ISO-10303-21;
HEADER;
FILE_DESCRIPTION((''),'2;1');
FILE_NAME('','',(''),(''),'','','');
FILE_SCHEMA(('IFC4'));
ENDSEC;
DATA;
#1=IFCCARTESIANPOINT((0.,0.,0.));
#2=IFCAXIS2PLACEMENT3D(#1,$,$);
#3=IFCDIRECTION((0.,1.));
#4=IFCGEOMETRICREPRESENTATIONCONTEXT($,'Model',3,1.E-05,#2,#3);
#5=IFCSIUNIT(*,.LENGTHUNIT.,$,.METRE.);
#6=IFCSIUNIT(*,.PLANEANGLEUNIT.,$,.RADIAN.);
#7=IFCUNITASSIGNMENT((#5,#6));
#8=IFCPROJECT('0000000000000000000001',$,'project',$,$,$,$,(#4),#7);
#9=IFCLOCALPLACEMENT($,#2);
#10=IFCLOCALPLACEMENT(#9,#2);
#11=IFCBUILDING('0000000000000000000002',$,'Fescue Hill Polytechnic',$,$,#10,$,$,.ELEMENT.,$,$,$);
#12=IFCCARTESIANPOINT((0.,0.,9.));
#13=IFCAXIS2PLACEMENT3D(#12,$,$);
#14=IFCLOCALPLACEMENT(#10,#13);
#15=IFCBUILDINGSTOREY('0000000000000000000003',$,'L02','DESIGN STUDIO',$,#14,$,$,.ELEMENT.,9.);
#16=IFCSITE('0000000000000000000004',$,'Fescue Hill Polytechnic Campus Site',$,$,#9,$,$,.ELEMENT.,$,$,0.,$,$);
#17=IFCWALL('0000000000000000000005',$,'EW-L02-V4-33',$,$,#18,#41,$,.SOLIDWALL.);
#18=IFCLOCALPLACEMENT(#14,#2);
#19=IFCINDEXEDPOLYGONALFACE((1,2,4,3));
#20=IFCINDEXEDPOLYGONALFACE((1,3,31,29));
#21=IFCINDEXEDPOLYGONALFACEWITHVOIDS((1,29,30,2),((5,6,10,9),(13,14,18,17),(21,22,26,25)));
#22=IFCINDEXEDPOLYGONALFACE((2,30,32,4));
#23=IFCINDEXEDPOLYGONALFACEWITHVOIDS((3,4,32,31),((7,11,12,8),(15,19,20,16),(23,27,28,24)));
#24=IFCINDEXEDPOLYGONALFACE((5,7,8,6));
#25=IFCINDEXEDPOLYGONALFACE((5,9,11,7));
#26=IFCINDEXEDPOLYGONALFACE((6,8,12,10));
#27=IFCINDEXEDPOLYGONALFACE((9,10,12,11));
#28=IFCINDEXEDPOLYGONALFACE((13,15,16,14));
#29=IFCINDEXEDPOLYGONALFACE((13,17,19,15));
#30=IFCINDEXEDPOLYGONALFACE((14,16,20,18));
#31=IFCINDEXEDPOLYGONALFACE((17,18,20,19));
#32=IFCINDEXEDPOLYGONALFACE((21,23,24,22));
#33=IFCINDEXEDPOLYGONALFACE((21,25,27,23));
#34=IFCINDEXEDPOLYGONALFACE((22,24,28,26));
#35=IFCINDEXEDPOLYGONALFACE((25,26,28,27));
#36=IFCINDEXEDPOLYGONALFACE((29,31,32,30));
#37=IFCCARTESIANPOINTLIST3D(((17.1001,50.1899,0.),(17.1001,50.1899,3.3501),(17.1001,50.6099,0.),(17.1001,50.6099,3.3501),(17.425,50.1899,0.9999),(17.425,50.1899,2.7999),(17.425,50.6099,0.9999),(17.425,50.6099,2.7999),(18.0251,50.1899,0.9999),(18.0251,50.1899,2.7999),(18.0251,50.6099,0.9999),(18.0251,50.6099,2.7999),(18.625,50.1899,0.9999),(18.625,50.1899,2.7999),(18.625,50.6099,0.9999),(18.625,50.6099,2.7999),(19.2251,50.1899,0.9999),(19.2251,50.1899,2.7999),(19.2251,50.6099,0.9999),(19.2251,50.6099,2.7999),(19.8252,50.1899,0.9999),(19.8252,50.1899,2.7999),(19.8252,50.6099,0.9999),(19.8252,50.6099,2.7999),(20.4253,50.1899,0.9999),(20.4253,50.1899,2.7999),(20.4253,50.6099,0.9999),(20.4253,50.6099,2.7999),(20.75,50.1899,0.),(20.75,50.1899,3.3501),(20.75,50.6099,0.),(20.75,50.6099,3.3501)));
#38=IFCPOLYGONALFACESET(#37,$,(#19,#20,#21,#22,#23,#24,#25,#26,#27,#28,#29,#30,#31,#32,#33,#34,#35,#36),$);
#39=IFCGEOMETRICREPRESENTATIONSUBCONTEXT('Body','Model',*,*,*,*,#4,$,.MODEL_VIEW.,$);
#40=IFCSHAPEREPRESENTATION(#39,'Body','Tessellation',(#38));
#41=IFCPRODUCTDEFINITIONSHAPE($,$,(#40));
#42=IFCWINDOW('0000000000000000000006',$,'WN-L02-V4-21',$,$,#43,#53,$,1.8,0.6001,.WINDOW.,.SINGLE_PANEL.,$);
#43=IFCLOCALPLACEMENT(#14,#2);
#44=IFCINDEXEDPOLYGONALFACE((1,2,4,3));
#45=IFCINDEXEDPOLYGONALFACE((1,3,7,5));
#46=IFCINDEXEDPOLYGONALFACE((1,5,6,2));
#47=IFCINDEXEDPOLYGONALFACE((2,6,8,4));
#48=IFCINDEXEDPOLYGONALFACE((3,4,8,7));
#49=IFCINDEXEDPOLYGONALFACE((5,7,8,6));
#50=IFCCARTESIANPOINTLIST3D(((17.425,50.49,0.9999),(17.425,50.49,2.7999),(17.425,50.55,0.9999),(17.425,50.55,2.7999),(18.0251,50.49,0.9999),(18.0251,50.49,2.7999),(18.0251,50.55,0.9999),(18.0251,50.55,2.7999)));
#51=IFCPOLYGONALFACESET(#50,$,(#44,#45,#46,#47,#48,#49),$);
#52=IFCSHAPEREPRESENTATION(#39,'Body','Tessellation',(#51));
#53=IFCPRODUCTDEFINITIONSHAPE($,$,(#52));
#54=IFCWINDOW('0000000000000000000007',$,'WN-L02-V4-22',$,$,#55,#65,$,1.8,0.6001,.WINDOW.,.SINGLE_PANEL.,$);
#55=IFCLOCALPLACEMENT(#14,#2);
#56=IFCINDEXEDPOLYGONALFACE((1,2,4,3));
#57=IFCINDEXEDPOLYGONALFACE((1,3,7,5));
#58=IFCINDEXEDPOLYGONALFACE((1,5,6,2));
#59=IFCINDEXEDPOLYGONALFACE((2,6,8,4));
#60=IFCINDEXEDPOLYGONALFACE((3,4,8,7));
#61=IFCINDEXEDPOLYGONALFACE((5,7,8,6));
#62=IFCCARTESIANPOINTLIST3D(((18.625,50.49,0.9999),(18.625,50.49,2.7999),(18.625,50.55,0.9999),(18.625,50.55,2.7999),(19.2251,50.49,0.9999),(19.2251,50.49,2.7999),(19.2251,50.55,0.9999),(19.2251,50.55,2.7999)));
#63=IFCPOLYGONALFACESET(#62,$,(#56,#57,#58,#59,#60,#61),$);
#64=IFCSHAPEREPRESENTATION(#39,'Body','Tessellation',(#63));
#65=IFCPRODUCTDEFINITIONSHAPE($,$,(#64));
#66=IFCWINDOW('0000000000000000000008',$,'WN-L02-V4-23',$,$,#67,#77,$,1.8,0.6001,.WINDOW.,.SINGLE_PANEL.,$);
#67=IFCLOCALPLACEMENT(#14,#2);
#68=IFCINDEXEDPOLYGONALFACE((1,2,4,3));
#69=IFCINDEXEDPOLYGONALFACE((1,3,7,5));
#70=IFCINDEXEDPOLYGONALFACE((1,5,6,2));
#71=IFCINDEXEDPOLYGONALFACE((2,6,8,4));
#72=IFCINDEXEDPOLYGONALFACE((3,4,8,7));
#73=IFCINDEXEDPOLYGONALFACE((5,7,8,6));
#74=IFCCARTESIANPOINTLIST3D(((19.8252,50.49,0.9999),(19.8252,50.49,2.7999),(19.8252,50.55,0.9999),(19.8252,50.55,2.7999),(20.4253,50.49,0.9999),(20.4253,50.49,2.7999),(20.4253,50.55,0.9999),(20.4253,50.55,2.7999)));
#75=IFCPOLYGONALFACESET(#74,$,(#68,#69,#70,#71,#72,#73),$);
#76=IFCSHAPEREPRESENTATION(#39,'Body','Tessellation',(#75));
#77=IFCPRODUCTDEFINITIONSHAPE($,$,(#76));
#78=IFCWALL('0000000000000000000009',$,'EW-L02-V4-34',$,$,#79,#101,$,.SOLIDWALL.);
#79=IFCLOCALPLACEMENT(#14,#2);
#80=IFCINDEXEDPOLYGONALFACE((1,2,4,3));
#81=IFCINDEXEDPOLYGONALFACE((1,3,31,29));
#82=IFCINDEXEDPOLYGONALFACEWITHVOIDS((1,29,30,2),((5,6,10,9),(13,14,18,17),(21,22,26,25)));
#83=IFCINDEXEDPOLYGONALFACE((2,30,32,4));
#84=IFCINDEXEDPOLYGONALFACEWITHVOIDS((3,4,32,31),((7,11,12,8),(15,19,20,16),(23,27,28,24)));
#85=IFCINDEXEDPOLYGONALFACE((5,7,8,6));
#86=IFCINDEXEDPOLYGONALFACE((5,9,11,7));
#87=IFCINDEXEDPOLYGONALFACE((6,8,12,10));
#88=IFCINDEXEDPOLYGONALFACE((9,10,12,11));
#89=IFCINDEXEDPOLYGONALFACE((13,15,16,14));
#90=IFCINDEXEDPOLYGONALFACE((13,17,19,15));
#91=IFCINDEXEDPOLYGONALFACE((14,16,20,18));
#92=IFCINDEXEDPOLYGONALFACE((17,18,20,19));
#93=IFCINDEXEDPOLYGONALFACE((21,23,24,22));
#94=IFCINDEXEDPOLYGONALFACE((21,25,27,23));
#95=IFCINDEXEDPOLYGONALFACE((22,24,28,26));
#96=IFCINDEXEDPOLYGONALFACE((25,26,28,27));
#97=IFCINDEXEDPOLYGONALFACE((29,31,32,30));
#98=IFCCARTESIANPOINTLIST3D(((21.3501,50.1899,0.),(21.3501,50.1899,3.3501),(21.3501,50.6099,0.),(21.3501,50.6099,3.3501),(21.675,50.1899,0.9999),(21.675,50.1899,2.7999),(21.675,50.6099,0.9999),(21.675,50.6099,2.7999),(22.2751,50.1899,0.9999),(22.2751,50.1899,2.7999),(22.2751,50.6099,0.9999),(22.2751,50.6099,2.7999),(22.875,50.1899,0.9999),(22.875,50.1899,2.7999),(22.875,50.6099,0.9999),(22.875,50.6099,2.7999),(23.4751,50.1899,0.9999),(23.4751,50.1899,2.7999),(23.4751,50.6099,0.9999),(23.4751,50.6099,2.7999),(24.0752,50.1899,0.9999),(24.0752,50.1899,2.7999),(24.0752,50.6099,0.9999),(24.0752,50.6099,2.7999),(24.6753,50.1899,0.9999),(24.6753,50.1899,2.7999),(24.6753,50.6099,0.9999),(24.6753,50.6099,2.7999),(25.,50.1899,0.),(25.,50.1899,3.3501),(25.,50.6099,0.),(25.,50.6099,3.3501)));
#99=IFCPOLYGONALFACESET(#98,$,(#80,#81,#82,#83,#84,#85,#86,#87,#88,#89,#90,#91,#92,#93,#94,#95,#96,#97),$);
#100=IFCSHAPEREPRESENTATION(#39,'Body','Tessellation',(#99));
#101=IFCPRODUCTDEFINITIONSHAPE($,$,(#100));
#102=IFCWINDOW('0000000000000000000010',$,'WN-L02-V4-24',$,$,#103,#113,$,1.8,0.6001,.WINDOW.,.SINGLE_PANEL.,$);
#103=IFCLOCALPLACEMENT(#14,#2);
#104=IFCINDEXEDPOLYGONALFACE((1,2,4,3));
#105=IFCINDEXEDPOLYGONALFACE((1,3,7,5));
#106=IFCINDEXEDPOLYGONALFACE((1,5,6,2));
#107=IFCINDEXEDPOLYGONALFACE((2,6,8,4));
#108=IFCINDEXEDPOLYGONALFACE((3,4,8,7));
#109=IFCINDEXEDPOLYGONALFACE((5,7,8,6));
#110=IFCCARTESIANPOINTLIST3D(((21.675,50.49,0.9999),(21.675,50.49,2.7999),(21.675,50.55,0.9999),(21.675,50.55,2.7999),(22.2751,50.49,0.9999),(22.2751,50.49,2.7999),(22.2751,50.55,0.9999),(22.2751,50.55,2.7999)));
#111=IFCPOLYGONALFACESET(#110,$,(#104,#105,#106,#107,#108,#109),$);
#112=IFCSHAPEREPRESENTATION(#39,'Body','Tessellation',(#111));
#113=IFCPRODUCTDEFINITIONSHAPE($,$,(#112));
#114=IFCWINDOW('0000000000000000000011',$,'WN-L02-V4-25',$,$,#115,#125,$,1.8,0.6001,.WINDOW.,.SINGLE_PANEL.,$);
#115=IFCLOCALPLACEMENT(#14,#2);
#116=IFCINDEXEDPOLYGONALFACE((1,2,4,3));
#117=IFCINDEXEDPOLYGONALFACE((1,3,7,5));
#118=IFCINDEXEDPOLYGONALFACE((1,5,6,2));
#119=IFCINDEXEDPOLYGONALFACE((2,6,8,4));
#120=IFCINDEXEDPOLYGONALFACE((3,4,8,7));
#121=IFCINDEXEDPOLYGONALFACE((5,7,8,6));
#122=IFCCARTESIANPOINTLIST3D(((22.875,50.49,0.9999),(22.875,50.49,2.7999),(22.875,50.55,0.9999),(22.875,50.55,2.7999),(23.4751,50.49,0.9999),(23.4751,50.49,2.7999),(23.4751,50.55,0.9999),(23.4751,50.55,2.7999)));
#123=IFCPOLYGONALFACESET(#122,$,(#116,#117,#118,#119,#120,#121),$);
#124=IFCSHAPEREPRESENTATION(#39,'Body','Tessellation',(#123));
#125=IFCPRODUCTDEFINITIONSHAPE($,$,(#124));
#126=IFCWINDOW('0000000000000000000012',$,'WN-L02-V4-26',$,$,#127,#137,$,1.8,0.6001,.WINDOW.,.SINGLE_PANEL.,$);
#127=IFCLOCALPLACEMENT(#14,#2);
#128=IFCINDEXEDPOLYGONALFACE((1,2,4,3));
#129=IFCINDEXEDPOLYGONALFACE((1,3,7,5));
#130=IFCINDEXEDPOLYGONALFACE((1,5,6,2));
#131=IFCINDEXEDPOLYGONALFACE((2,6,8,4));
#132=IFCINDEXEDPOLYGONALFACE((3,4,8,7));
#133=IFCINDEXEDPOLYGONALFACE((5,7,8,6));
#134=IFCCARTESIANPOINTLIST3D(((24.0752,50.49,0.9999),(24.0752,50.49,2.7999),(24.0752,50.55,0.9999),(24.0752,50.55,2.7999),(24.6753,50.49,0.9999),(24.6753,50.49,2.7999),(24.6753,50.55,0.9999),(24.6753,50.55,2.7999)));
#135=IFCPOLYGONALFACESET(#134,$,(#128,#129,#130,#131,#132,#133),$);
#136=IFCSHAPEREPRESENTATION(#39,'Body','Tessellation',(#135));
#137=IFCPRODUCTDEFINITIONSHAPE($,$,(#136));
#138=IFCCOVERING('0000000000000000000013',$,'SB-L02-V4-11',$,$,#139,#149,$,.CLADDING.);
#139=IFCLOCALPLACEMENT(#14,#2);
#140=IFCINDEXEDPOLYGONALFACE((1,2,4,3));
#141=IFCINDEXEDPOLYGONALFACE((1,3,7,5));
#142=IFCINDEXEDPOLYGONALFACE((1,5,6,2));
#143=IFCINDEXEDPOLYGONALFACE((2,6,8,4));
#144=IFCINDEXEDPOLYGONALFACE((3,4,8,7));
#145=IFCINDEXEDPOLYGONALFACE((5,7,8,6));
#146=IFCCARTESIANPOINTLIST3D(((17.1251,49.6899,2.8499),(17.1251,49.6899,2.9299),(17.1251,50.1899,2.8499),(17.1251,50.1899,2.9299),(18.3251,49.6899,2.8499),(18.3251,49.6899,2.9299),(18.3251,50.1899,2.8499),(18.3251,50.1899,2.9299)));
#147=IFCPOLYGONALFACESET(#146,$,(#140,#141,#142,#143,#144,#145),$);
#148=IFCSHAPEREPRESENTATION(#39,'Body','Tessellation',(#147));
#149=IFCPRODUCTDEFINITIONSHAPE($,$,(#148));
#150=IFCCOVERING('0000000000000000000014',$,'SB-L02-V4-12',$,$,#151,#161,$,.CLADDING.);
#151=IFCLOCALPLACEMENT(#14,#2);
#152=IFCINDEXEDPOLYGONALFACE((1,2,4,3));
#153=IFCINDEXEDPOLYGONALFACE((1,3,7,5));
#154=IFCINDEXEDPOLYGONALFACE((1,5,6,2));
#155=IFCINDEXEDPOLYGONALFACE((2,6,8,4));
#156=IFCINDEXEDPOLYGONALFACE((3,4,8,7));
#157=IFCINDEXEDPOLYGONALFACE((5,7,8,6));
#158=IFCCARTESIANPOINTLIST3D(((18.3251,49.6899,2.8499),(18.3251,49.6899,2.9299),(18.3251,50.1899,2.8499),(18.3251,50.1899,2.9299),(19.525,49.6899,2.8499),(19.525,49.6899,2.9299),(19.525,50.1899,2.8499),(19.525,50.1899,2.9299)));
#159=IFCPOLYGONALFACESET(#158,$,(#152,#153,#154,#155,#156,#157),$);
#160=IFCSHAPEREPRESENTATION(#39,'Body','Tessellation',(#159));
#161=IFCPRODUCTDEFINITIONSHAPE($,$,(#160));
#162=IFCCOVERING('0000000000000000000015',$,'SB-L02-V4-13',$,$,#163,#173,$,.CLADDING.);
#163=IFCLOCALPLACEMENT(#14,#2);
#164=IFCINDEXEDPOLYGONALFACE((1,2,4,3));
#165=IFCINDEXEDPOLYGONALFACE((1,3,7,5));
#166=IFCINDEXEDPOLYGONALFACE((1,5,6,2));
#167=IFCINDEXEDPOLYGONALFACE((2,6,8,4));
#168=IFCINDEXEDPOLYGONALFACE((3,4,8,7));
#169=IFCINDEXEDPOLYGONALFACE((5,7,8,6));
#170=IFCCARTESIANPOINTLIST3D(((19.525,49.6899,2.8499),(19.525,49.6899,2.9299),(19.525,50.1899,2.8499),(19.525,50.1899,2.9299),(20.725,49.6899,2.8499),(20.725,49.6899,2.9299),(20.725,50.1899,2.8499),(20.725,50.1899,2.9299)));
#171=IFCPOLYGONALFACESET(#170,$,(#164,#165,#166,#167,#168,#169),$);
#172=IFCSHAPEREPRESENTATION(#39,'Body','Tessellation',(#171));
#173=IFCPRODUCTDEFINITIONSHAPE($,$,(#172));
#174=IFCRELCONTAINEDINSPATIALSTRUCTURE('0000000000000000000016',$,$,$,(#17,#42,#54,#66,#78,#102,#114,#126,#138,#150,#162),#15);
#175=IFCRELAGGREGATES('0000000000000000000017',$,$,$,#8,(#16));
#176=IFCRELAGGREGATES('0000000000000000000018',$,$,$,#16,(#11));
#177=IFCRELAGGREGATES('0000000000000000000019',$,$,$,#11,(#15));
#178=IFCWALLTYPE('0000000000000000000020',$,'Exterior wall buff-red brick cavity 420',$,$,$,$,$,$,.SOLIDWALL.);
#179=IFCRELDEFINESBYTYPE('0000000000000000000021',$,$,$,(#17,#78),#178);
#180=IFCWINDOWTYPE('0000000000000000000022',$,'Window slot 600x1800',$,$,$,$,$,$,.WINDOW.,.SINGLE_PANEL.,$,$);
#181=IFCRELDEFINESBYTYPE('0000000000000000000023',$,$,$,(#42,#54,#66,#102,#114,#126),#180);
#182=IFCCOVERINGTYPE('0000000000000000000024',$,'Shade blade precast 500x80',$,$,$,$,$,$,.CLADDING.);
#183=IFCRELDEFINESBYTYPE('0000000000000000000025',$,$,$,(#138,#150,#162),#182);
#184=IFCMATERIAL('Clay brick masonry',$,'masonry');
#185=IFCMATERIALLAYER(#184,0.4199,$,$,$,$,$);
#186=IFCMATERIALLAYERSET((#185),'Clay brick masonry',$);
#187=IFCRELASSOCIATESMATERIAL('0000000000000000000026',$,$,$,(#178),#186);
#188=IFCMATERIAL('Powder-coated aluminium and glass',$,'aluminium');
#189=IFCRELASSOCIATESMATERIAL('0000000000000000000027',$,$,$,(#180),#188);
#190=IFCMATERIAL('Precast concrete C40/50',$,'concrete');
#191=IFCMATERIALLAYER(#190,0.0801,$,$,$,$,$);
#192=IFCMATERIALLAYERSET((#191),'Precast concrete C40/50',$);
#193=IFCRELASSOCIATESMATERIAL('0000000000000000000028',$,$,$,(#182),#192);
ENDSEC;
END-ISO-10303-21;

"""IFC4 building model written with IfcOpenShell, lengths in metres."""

from ifc_helpers import new_model, si_unit, direction, frame, frame_2d, origin, origin_2d, place, context, subcontext, project, spatial, rectangle, extrude, material, layer, layer_set, type_object, element, fill, save


model = new_model("IFC4")

# Units and contexts
model_context = context("Model", 3, precision=1e-05, world=origin(), true_north=direction((0.0, 1.0)))
body_context = subcontext(model_context, "Body", "Model", "MODEL_VIEW")
ifc_project = project(units=[si_unit("LENGTHUNIT", "METRE"), si_unit("PLANEANGLEUNIT", "RADIAN")], contexts=[model_context])

# Site, building, storey
site_placement = place(None, origin())
site = spatial("IfcSite", under=ifc_project, at=site_placement, Name="Fescue Hill Polytechnic Campus Site", CompositionType="ELEMENT", RefElevation=0.0)
building_placement = place(site_placement, origin())
building = spatial("IfcBuilding", under=site, at=building_placement, Name="Fescue Hill Polytechnic", CompositionType="ELEMENT")
storey_placement = place(building_placement, frame((0.0, 0.0, 9.0)))
storey = spatial("IfcBuildingStorey", under=building, at=storey_placement, Name="L02", Description="DESIGN STUDIO", CompositionType="ELEMENT", Elevation=9.0)

# Shared definitions
ifc_material_1 = material(Name="Clay brick masonry", Category="masonry")

# Walls, openings, windows
ifc_layer_1 = layer(ifc_material_1, 0.4199)
ifc_layer_set_1 = layer_set([ifc_layer_1], Name="Clay brick masonry")
wall_type_1 = type_object("IfcWallType", Name="Exterior wall buff-red brick cavity 420", PredefinedType="SOLIDWALL", material=ifc_layer_set_1)
wall_1_placement = place(storey_placement, frame((17.1001, 50.3999, 0.0), z_axis=(0.0, 0.0, 1.0), x_axis=(1.0, 0.0, 0.0)))
wall_1 = element("IfcWall", 1, at=wall_1_placement, inside=storey, type_object=wall_type_1, Name="EW-L02-V4-33", PredefinedType="SOLIDWALL", context=body_context, shape_type="SweptSolid", body=[
    extrude(rectangle(XDim=3.6499, YDim=0.4199, at=frame_2d((1.825, 0.0))), origin(), (0.0, 0.0, 1.0), 3.3501),
])
opening_1_placement = place(wall_1_placement, frame((0.325, 0.0, 1.0)))
opening_1 = element("IfcOpeningElement", 2, at=opening_1_placement, cuts=wall_1, PredefinedType="OPENING", context=body_context, shape_type="SweptSolid", body=[
    extrude(rectangle(XDim=0.6001, YDim=1.8, at=frame_2d((0.3, 0.8999))), frame((0.0, 0.22, 0.0), z_axis=(0.0, -1.0, 0.0), x_axis=(1.0, 0.0, 0.0)), (0.0, 0.0, 1.0), 0.4399),
])
opening_2_placement = place(wall_1_placement, frame((1.5249, 0.0, 1.0)))
opening_2 = element("IfcOpeningElement", 3, at=opening_2_placement, cuts=wall_1, PredefinedType="OPENING", context=body_context, shape_type="SweptSolid", body=[
    extrude(rectangle(XDim=0.6001, YDim=1.8, at=frame_2d((0.3, 0.8999))), frame((0.0, 0.22, 0.0), z_axis=(0.0, -1.0, 0.0), x_axis=(1.0, 0.0, 0.0)), (0.0, 0.0, 1.0), 0.4399),
])
opening_3_placement = place(wall_1_placement, frame((2.7251, 0.0, 1.0)))
opening_3 = element("IfcOpeningElement", 4, at=opening_3_placement, cuts=wall_1, PredefinedType="OPENING", context=body_context, shape_type="SweptSolid", body=[
    extrude(rectangle(XDim=0.6001, YDim=1.8, at=frame_2d((0.3, 0.8999))), frame((0.0, 0.22, 0.0), z_axis=(0.0, -1.0, 0.0), x_axis=(1.0, 0.0, 0.0)), (0.0, 0.0, 1.0), 0.4399),
])
ifc_material_2 = material(Name="Powder-coated aluminium and glass", Category="aluminium")
window_type = type_object("IfcWindowType", Name="Window slot 600x1800", PartitioningType="SINGLE_PANEL", PredefinedType="WINDOW", material=ifc_material_2)
window_1_placement = place(opening_1_placement, origin())
window_1 = element("IfcWindow", 5, at=window_1_placement, inside=storey, type_object=window_type, Name="WN-L02-V4-21", OverallHeight=1.8, OverallWidth=0.6001, PartitioningType="SINGLE_PANEL", PredefinedType="WINDOW", context=body_context, shape_type="SweptSolid", body=[
    extrude(rectangle(XDim=0.6001, YDim=1.8, at=frame_2d((0.3, 0.8999))), frame((0.0, 0.1501, 0.0), z_axis=(0.0, -1.0, 0.0), x_axis=(1.0, 0.0, 0.0)), (0.0, 0.0, 1.0), 0.0601),
])
fill(opening_1, window_1)
window_2_placement = place(opening_2_placement, origin())
window_2 = element("IfcWindow", 6, at=window_2_placement, inside=storey, type_object=window_type, Name="WN-L02-V4-22", OverallHeight=1.8, OverallWidth=0.6001, PartitioningType="SINGLE_PANEL", PredefinedType="WINDOW", context=body_context, shape_type="SweptSolid", body=[
    extrude(rectangle(XDim=0.6001, YDim=1.8, at=frame_2d((0.3, 0.8999))), frame((0.0, 0.1501, 0.0), z_axis=(0.0, -1.0, 0.0), x_axis=(1.0, 0.0, 0.0)), (0.0, 0.0, 1.0), 0.0601),
])
fill(opening_2, window_2)
window_3_placement = place(opening_3_placement, origin())
window_3 = element("IfcWindow", 7, at=window_3_placement, inside=storey, type_object=window_type, Name="WN-L02-V4-23", OverallHeight=1.8, OverallWidth=0.6001, PartitioningType="SINGLE_PANEL", PredefinedType="WINDOW", context=body_context, shape_type="SweptSolid", body=[
    extrude(rectangle(XDim=0.6001, YDim=1.8, at=frame_2d((0.3, 0.8999))), frame((0.0, 0.1501, 0.0), z_axis=(0.0, -1.0, 0.0), x_axis=(1.0, 0.0, 0.0)), (0.0, 0.0, 1.0), 0.0601),
])
fill(opening_3, window_3)
wall_2_placement = place(storey_placement, frame((21.3501, 50.3999, 0.0), z_axis=(0.0, 0.0, 1.0), x_axis=(1.0, 0.0, 0.0)))
wall_2 = element("IfcWall", 8, at=wall_2_placement, inside=storey, type_object=wall_type_1, Name="EW-L02-V4-34", PredefinedType="SOLIDWALL", context=body_context, shape_type="SweptSolid", body=[
    extrude(rectangle(XDim=3.6499, YDim=0.4199, at=frame_2d((1.825, 0.0))), origin(), (0.0, 0.0, 1.0), 3.3501),
])
opening_4_placement = place(wall_2_placement, frame((0.325, 0.0, 1.0)))
opening_4 = element("IfcOpeningElement", 9, at=opening_4_placement, cuts=wall_2, PredefinedType="OPENING", context=body_context, shape_type="SweptSolid", body=[
    extrude(rectangle(XDim=0.6001, YDim=1.8, at=frame_2d((0.3, 0.8999))), frame((0.0, 0.22, 0.0), z_axis=(0.0, -1.0, 0.0), x_axis=(1.0, 0.0, 0.0)), (0.0, 0.0, 1.0), 0.4399),
])
opening_5_placement = place(wall_2_placement, frame((1.5249, 0.0, 1.0)))
opening_5 = element("IfcOpeningElement", 10, at=opening_5_placement, cuts=wall_2, PredefinedType="OPENING", context=body_context, shape_type="SweptSolid", body=[
    extrude(rectangle(XDim=0.6001, YDim=1.8, at=frame_2d((0.3, 0.8999))), frame((0.0, 0.22, 0.0), z_axis=(0.0, -1.0, 0.0), x_axis=(1.0, 0.0, 0.0)), (0.0, 0.0, 1.0), 0.4399),
])
opening_6_placement = place(wall_2_placement, frame((2.7251, 0.0, 1.0)))
opening_6 = element("IfcOpeningElement", 11, at=opening_6_placement, cuts=wall_2, PredefinedType="OPENING", context=body_context, shape_type="SweptSolid", body=[
    extrude(rectangle(XDim=0.6001, YDim=1.8, at=frame_2d((0.3, 0.8999))), frame((0.0, 0.22, 0.0), z_axis=(0.0, -1.0, 0.0), x_axis=(1.0, 0.0, 0.0)), (0.0, 0.0, 1.0), 0.4399),
])
window_4_placement = place(opening_4_placement, origin())
window_4 = element("IfcWindow", 12, at=window_4_placement, inside=storey, type_object=window_type, Name="WN-L02-V4-24", OverallHeight=1.8, OverallWidth=0.6001, PartitioningType="SINGLE_PANEL", PredefinedType="WINDOW", context=body_context, shape_type="SweptSolid", body=[
    extrude(rectangle(XDim=0.6001, YDim=1.8, at=frame_2d((0.3, 0.8999))), frame((0.0, 0.1501, 0.0), z_axis=(0.0, -1.0, 0.0), x_axis=(1.0, 0.0, 0.0)), (0.0, 0.0, 1.0), 0.0601),
])
fill(opening_4, window_4)
window_5_placement = place(opening_5_placement, origin())
window_5 = element("IfcWindow", 13, at=window_5_placement, inside=storey, type_object=window_type, Name="WN-L02-V4-25", OverallHeight=1.8, OverallWidth=0.6001, PartitioningType="SINGLE_PANEL", PredefinedType="WINDOW", context=body_context, shape_type="SweptSolid", body=[
    extrude(rectangle(XDim=0.6001, YDim=1.8, at=frame_2d((0.3, 0.8999))), frame((0.0, 0.1501, 0.0), z_axis=(0.0, -1.0, 0.0), x_axis=(1.0, 0.0, 0.0)), (0.0, 0.0, 1.0), 0.0601),
])
fill(opening_5, window_5)
window_6_placement = place(opening_6_placement, origin())
window_6 = element("IfcWindow", 14, at=window_6_placement, inside=storey, type_object=window_type, Name="WN-L02-V4-26", OverallHeight=1.8, OverallWidth=0.6001, PartitioningType="SINGLE_PANEL", PredefinedType="WINDOW", context=body_context, shape_type="SweptSolid", body=[
    extrude(rectangle(XDim=0.6001, YDim=1.8, at=frame_2d((0.3, 0.8999))), frame((0.0, 0.1501, 0.0), z_axis=(0.0, -1.0, 0.0), x_axis=(1.0, 0.0, 0.0)), (0.0, 0.0, 1.0), 0.0601),
])
fill(opening_6, window_6)

# Coverings
ifc_material_3 = material(Name="Precast concrete C40/50", Category="concrete")
ifc_layer_2 = layer(ifc_material_3, 0.0801)
ifc_layer_set_2 = layer_set([ifc_layer_2], Name="Precast concrete C40/50")
covering_type = type_object("IfcCoveringType", Name="Shade blade precast 500x80", PredefinedType="CLADDING", material=ifc_layer_set_2)
for number, where, z_axis, x_axis, name in (
    (15, (17.7251, 49.9399, 2.8499), (0.0, 0.0, 1.0), (1.0, 0.0, 0.0), "SB-L02-V4-11"),
    (16, (18.925, 49.9399, 2.8499), (0.0, 0.0, 1.0), (1.0, 0.0, 0.0), "SB-L02-V4-12"),
    (17, (20.125, 49.9399, 2.8499), (0.0, 0.0, 1.0), (1.0, 0.0, 0.0), "SB-L02-V4-13"),
):
    element("IfcCovering", number, at=place(storey_placement, frame(where, z_axis=z_axis, x_axis=x_axis)), inside=storey, type_object=covering_type, Name=name, PredefinedType="CLADDING", context=body_context, shape_type="SweptSolid", body=[
        extrude(rectangle(XDim=1.2, YDim=0.5, at=origin_2d()), origin(), (0.0, 0.0, 1.0), 0.0801),
    ])

save(model, "model.ifc")
